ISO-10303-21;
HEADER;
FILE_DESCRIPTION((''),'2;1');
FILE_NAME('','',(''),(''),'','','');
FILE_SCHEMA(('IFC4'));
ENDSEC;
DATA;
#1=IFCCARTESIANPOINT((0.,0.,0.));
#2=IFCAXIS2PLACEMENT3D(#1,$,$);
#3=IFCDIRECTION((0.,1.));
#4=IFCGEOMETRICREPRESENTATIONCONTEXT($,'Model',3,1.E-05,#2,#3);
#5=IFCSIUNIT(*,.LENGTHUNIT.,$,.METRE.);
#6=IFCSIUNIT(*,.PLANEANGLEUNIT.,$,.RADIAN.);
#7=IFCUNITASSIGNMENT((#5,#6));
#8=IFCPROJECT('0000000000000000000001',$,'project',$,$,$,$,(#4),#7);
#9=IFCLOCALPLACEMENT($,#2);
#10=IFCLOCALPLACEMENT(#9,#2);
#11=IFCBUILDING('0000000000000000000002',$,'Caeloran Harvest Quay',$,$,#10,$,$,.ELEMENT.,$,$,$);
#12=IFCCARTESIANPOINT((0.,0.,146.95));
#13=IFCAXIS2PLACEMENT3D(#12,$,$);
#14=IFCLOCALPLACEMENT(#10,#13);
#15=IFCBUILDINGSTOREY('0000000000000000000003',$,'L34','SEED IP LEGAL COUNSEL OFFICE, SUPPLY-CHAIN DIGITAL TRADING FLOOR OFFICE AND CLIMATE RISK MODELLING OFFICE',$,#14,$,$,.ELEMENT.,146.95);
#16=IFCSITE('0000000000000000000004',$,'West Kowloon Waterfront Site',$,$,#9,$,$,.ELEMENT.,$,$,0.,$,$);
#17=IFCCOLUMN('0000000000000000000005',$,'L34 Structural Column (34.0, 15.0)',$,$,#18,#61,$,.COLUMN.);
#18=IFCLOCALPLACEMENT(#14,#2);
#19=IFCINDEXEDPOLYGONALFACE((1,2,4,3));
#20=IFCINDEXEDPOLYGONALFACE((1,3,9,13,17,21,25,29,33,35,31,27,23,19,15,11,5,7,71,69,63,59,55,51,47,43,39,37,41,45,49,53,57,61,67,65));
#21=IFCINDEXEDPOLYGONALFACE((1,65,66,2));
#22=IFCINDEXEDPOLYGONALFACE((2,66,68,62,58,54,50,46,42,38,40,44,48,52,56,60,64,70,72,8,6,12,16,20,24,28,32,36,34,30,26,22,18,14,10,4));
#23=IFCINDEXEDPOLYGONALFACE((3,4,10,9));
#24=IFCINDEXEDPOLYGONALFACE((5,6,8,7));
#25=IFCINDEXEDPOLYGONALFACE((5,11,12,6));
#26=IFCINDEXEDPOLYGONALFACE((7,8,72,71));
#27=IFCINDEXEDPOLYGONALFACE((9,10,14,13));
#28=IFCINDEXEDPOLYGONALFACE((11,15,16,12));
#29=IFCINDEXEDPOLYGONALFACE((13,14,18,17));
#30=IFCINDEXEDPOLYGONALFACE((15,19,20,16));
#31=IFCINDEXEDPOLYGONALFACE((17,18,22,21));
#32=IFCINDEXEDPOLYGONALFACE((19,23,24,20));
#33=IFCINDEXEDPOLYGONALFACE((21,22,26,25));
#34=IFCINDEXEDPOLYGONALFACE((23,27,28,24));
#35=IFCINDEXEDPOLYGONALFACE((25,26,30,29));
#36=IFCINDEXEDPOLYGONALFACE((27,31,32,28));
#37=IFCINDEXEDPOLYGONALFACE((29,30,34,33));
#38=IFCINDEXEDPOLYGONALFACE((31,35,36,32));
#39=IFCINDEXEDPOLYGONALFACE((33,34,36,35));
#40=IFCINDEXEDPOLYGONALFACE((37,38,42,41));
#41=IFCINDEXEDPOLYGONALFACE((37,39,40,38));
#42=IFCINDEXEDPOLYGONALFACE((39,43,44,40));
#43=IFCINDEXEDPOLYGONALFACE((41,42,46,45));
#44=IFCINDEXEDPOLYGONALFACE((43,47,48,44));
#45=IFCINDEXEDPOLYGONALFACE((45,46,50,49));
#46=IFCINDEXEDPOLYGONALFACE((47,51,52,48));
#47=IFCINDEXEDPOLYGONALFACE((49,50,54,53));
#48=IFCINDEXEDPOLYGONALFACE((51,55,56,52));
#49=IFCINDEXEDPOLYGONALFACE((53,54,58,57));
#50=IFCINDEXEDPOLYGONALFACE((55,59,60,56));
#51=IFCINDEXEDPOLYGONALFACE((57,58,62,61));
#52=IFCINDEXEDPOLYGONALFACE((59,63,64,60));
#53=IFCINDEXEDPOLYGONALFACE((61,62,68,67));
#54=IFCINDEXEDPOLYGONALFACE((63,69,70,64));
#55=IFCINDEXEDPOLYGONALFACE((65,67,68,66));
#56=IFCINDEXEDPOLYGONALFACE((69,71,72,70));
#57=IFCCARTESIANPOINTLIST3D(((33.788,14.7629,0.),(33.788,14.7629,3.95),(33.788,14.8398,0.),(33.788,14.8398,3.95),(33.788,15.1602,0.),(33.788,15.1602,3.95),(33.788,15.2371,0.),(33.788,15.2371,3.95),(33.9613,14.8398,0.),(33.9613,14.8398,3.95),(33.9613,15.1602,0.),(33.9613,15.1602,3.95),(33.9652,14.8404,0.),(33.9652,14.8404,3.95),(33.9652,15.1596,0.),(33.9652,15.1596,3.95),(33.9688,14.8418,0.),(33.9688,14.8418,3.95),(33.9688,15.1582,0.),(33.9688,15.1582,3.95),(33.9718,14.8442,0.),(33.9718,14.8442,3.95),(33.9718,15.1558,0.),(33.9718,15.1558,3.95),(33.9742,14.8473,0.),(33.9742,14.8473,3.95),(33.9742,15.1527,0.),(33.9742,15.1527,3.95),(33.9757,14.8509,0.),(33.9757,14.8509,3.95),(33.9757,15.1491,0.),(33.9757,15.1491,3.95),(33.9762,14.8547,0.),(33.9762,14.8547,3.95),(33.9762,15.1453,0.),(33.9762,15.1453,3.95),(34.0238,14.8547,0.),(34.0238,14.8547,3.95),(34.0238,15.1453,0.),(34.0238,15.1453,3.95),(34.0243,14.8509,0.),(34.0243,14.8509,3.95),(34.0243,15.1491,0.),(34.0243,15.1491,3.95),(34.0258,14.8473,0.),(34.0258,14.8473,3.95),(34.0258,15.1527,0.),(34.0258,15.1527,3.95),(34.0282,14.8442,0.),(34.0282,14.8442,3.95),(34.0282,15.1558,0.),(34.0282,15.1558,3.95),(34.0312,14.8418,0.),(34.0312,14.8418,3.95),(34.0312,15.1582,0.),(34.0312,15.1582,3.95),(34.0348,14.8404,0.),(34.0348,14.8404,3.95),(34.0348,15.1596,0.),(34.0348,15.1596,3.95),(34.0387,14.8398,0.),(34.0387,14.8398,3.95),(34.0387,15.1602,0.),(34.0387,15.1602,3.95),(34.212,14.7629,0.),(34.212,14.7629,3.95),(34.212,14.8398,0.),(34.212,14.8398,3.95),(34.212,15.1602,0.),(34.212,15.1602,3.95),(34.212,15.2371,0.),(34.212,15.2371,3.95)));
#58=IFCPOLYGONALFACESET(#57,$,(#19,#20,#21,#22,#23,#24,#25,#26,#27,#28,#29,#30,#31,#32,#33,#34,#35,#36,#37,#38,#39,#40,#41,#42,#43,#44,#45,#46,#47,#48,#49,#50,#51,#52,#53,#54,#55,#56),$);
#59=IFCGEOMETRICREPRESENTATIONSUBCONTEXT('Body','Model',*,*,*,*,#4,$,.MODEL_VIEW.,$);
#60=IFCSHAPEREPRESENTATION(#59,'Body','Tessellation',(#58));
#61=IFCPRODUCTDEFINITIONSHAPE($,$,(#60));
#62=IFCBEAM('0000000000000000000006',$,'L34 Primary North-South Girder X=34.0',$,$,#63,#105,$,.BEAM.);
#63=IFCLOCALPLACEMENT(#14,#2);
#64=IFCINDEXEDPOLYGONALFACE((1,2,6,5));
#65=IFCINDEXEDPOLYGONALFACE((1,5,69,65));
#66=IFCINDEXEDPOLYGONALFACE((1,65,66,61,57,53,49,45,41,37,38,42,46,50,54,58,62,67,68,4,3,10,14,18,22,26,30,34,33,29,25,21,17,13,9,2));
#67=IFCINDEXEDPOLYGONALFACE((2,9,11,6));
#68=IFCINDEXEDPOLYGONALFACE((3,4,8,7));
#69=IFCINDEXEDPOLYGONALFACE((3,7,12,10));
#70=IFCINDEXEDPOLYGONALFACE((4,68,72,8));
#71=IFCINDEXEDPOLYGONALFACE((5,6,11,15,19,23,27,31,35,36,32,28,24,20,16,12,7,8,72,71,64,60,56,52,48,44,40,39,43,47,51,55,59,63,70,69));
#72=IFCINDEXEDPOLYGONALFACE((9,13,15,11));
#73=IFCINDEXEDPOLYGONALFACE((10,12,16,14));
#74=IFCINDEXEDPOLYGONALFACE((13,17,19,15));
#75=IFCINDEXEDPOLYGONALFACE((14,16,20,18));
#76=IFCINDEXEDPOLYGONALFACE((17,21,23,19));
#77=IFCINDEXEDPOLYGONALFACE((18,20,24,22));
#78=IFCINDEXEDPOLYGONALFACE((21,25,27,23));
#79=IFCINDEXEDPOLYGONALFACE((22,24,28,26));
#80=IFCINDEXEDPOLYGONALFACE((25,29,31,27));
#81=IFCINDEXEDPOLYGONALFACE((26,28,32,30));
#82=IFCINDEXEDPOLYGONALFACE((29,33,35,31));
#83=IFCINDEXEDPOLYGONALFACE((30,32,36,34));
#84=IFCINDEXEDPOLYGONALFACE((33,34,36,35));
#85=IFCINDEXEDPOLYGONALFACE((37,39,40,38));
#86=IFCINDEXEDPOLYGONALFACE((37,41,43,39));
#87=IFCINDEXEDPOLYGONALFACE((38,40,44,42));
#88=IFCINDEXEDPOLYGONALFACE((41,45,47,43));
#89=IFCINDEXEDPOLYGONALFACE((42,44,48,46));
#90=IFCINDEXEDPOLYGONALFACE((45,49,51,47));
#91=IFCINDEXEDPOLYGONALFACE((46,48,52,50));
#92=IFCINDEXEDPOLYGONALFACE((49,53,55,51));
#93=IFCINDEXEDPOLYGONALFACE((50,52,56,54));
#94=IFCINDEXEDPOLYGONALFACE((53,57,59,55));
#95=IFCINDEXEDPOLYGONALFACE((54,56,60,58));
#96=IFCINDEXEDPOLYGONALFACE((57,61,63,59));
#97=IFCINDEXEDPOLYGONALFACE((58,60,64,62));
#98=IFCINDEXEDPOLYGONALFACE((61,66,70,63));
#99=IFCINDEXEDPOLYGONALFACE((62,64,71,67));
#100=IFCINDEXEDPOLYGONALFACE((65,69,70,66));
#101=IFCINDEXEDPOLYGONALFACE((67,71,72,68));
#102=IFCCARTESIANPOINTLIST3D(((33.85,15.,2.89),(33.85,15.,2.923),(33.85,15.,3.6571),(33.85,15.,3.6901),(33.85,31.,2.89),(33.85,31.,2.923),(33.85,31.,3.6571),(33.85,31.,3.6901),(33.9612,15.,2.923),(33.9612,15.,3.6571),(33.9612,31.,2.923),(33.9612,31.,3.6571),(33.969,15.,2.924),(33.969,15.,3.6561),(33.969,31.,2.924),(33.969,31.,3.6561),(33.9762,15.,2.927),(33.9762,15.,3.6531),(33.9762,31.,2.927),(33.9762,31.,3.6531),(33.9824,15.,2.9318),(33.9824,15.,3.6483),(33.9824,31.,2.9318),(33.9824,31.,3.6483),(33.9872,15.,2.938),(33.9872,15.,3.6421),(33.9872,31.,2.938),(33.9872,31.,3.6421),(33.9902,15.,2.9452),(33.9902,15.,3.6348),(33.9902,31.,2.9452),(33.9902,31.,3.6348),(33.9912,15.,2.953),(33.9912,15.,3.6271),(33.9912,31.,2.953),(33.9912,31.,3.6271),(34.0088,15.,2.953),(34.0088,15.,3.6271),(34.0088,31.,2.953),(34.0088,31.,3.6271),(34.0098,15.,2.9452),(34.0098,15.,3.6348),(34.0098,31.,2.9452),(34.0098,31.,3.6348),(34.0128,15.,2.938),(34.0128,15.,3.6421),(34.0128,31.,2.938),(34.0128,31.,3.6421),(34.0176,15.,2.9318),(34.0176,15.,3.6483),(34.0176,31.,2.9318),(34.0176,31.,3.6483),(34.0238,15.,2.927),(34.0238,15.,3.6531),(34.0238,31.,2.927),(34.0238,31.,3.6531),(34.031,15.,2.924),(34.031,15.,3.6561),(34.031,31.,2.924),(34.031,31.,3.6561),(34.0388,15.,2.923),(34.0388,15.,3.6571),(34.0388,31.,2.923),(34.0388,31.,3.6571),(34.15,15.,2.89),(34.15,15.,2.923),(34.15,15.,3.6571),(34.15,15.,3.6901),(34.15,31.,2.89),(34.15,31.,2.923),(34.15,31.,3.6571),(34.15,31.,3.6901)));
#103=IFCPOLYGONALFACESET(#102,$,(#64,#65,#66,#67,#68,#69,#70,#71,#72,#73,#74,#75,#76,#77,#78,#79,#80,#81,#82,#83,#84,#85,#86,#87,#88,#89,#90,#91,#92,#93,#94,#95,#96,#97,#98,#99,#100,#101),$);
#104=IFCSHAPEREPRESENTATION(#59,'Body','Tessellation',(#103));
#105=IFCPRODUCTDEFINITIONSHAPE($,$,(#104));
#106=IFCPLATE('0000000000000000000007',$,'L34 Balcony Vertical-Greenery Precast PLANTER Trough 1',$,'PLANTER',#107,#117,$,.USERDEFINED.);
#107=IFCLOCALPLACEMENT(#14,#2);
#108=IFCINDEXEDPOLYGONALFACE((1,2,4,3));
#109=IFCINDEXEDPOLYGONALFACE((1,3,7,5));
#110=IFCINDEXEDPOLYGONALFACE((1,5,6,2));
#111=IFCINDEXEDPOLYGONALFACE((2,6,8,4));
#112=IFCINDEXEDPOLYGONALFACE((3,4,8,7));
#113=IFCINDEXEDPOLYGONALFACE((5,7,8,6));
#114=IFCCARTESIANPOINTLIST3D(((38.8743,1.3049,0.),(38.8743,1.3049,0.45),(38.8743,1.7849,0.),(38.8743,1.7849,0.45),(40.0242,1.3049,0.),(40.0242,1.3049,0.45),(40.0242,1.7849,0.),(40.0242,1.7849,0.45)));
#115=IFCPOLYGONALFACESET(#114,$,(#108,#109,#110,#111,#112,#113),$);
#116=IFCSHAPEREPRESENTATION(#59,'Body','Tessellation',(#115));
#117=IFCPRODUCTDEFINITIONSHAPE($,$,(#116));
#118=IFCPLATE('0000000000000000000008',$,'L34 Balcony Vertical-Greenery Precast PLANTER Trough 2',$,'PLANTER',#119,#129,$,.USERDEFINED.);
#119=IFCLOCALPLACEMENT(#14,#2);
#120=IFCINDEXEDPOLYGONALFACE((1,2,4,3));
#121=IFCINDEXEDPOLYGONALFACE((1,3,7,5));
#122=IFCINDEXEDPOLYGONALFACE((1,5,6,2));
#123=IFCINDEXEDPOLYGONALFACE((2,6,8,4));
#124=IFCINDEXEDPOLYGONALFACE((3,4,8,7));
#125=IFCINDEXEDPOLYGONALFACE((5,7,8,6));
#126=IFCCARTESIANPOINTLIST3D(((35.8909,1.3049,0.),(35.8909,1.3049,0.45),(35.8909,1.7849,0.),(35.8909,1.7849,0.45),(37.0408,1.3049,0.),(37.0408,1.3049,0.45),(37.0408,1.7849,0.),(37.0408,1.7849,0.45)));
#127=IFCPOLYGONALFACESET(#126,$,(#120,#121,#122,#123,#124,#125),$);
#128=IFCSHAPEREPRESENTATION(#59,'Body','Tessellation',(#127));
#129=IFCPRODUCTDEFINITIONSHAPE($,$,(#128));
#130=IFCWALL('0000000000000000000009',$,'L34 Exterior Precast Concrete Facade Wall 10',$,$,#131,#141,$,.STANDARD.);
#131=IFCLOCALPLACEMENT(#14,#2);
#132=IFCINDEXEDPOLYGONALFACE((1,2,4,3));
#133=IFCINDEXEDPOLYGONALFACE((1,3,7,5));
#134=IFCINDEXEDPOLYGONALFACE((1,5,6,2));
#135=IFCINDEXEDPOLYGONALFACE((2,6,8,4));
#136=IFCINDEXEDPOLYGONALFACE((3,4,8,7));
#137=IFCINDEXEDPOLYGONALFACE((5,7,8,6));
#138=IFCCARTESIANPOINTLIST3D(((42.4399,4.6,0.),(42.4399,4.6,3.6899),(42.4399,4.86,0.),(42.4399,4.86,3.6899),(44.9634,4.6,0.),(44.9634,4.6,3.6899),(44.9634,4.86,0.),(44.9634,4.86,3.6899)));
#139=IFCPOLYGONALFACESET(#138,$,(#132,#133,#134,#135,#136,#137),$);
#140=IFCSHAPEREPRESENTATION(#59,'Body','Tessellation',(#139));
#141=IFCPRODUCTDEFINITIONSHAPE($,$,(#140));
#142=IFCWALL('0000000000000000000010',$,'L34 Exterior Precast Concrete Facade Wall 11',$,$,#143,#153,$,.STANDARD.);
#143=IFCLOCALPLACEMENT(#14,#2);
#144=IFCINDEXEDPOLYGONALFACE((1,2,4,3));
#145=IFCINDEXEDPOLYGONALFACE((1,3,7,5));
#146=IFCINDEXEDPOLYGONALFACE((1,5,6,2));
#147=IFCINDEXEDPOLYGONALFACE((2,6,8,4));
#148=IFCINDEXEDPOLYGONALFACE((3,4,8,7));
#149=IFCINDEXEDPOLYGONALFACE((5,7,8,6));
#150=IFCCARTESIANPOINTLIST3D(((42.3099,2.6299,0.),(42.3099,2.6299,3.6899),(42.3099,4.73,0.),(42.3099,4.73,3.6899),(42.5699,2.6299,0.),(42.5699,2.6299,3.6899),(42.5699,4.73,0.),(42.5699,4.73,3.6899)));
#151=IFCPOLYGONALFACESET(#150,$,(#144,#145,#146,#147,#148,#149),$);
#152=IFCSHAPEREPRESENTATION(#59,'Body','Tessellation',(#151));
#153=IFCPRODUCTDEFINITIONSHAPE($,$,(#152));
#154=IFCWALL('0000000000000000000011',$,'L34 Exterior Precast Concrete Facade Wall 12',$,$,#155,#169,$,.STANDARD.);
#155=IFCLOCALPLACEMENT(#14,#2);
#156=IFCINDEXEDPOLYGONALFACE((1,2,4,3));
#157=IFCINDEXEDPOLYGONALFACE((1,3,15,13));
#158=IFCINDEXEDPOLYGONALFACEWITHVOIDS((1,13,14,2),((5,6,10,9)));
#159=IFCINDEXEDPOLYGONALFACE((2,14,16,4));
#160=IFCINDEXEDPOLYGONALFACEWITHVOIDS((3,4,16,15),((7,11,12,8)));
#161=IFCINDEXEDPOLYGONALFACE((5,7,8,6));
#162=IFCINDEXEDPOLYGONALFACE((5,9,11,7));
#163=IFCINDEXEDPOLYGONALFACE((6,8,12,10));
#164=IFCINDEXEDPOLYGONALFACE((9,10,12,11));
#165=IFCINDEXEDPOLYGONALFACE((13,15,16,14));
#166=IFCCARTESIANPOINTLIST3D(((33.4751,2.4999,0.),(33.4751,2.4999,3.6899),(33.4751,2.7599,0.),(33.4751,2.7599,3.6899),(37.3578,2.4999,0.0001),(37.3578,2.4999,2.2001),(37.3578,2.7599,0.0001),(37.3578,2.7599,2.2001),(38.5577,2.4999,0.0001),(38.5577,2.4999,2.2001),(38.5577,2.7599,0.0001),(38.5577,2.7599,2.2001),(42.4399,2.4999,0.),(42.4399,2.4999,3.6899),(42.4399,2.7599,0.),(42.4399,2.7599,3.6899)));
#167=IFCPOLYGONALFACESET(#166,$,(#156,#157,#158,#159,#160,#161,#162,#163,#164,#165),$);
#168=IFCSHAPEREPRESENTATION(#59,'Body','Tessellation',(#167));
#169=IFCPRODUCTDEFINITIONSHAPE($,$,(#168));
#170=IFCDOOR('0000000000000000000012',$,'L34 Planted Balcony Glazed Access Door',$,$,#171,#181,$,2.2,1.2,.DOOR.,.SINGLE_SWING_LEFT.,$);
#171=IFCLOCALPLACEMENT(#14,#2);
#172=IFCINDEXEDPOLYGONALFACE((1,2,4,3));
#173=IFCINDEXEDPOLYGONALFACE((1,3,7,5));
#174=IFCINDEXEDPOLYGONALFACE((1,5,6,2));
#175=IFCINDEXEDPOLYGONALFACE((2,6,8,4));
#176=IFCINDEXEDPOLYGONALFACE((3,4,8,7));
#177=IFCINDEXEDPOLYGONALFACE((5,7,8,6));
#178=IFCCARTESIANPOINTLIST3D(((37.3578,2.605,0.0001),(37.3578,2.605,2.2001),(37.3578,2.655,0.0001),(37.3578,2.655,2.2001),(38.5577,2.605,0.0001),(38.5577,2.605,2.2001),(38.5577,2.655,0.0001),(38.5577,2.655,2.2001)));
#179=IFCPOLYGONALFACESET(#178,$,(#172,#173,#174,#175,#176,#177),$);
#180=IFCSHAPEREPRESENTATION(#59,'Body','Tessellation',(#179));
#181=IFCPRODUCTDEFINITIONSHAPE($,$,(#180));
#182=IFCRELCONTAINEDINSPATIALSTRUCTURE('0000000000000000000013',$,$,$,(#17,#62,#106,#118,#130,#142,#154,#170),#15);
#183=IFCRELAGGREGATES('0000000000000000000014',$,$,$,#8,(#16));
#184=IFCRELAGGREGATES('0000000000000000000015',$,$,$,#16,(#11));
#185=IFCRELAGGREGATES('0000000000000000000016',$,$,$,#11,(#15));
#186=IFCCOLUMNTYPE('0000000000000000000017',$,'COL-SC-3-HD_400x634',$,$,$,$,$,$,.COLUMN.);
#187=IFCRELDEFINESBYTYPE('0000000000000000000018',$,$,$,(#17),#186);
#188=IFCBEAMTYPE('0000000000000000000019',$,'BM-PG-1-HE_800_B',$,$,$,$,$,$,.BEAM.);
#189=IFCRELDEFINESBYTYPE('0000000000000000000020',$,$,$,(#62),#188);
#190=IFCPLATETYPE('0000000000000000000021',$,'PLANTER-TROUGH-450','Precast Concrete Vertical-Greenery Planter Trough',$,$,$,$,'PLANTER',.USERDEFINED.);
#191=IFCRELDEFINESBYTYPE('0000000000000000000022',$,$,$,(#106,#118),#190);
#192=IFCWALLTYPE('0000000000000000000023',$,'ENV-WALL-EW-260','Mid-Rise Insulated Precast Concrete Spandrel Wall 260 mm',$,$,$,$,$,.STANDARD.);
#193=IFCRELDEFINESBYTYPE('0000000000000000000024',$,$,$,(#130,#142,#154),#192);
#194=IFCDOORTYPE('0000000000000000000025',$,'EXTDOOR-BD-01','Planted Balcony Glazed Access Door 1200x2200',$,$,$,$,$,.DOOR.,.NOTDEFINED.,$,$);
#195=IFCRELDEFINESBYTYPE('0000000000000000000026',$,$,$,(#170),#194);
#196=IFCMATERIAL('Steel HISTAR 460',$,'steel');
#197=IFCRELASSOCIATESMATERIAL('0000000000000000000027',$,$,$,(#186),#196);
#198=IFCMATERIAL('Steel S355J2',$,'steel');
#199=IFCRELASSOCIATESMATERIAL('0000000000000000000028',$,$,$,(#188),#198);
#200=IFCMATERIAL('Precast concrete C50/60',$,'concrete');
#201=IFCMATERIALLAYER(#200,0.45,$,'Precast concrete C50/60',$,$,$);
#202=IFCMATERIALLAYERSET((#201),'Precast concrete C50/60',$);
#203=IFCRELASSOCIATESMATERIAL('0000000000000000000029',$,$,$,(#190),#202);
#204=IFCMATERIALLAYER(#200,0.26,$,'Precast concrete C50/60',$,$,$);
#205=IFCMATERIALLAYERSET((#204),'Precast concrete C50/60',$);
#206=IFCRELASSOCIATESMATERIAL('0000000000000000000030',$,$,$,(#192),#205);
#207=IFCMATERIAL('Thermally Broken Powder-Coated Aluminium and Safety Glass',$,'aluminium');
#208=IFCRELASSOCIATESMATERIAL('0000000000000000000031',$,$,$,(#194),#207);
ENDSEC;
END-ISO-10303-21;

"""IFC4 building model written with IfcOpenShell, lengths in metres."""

from ifc_helpers import new_model, si_unit, direction, frame, frame_2d, origin, origin_2d, place, context, subcontext, project, spatial, rectangle, i_section, extrude, material, layer, layer_set, material_profile, profile_set, type_object, element, fill, save


model = new_model("IFC4")

# Units and contexts
model_context = context("Model", 3, precision=1e-05, world=origin(), true_north=direction((0.0, 1.0)))
body_context = subcontext(model_context, "Body", "Model", "MODEL_VIEW")
ifc_project = project(units=[si_unit("LENGTHUNIT", "METRE"), si_unit("PLANEANGLEUNIT", "RADIAN")], contexts=[model_context])

# Site, building, storey
site_placement = place(None, origin())
site = spatial("IfcSite", under=ifc_project, at=site_placement, Name="West Kowloon Waterfront Site", CompositionType="ELEMENT", RefElevation=0.0)
building_placement = place(site_placement, origin())
building = spatial("IfcBuilding", under=site, at=building_placement, Name="Caeloran Harvest Quay", CompositionType="ELEMENT")
storey_placement = place(building_placement, frame((0.0, 0.0, 146.95)))
storey = spatial("IfcBuildingStorey", under=building, at=storey_placement, Name="L34", Description="SEED IP LEGAL COUNSEL OFFICE, SUPPLY-CHAIN DIGITAL TRADING FLOOR OFFICE AND CLIMATE RISK MODELLING OFFICE", CompositionType="ELEMENT", Elevation=146.95)

# Column
ifc_material_1 = material(Name="Steel HISTAR 460", Category="steel")
ifc_material_profile_1 = material_profile(ifc_material_1, i_section(OverallWidth=0.4241, OverallDepth=0.4741, WebThickness=0.0476, FlangeThickness=0.0769, FilletRadius=0.0149, at=origin_2d()), Name="HD 400x634")
ifc_profile_set_1 = profile_set([ifc_material_profile_1], Name="Steel HISTAR 460")
column_type = type_object("IfcColumnType", Name="COL-SC-3-HD_400x634", PredefinedType="COLUMN", material=ifc_profile_set_1)
column_placement = place(storey_placement, frame((34.0, 15.0, 0.0), z_axis=(0.0, 0.0, 1.0), x_axis=(1.0, 0.0, 0.0)))
element("IfcColumn", 1, at=column_placement, inside=storey, type_object=column_type, Name="L34 Structural Column (34.0, 15.0)", PredefinedType="COLUMN", context=body_context, shape_type="SweptSolid", body=[
    extrude(i_section(OverallWidth=0.4241, OverallDepth=0.4741, WebThickness=0.0476, FlangeThickness=0.0769, FilletRadius=0.0149, at=origin_2d()), origin(), (0.0, 0.0, 1.0), 3.95),
])

# Beam
ifc_material_2 = material(Name="Steel S355J2", Category="steel")
ifc_material_profile_2 = material_profile(ifc_material_2, i_section(OverallWidth=0.3, OverallDepth=0.8, WebThickness=0.0176, FlangeThickness=0.033, FilletRadius=0.03, at=origin_2d()), Name="HE 800 B")
ifc_profile_set_2 = profile_set([ifc_material_profile_2], Name="Steel S355J2")
beam_type = type_object("IfcBeamType", Name="BM-PG-1-HE_800_B", PredefinedType="BEAM", material=ifc_profile_set_2)
beam_placement = place(storey_placement, frame((34.0, 15.0, 3.29), z_axis=(0.0, 1.0, 0.0), x_axis=(-1.0, 0.0, 0.0)))
element("IfcBeam", 2, at=beam_placement, inside=storey, type_object=beam_type, Name="L34 Primary North-South Girder X=34.0", PredefinedType="BEAM", context=body_context, shape_type="SweptSolid", body=[
    extrude(i_section(OverallWidth=0.3, OverallDepth=0.8, WebThickness=0.0176, FlangeThickness=0.033, FilletRadius=0.03, at=origin_2d()), origin(), (0.0, 0.0, 1.0), 16.0),
])

# Plates
ifc_material_3 = material(Name="Precast concrete C50/60", Category="concrete")
ifc_layer_1 = layer(ifc_material_3, 0.45, Name="Precast concrete C50/60")
ifc_layer_set_1 = layer_set([ifc_layer_1], Name="Precast concrete C50/60")
plate_type = type_object("IfcPlateType", Name="PLANTER-TROUGH-450", Description="Precast Concrete Vertical-Greenery Planter Trough", ElementType="PLANTER", PredefinedType="USERDEFINED", material=ifc_layer_set_1)
for number, where, z_axis, x_axis, name in (
    (3, (39.4492, 1.5449, 0.0), (0.0, 0.0, 1.0), (1.0, 0.0, 0.0), "L34 Balcony Vertical-Greenery Precast PLANTER Trough 1"),
    (4, (36.4658, 1.5449, 0.0), (0.0, 0.0, 1.0), (1.0, 0.0, 0.0), "L34 Balcony Vertical-Greenery Precast PLANTER Trough 2"),
):
    element("IfcPlate", number, at=place(storey_placement, frame(where, z_axis=z_axis, x_axis=x_axis)), inside=storey, type_object=plate_type, Name=name, ObjectType="PLANTER", PredefinedType="USERDEFINED", context=body_context, shape_type="SweptSolid", body=[
        extrude(rectangle(XDim=1.1499, YDim=0.48, at=origin_2d()), origin(), (0.0, 0.0, 1.0), 0.45),
    ])

# Walls
ifc_layer_2 = layer(ifc_material_3, 0.26, Name="Precast concrete C50/60")
ifc_layer_set_2 = layer_set([ifc_layer_2], Name="Precast concrete C50/60")
wall_type_1 = type_object("IfcWallType", Name="ENV-WALL-EW-260", Description="Mid-Rise Insulated Precast Concrete Spandrel Wall 260 mm", PredefinedType="STANDARD", material=ifc_layer_set_2)
wall_1_placement = place(storey_placement, frame((44.9634, 4.73, 0.0), z_axis=(0.0, 0.0, 1.0), x_axis=(-1.0, 0.0, 0.0)))
element("IfcWall", 5, at=wall_1_placement, inside=storey, type_object=wall_type_1, Name="L34 Exterior Precast Concrete Facade Wall 10", PredefinedType="STANDARD", context=body_context, shape_type="SweptSolid", body=[
    extrude(rectangle(XDim=2.5234, YDim=0.26, at=frame_2d((1.2617, 0.0))), origin(), (0.0, 0.0, 1.0), 3.6899),
])
wall_2_placement = place(storey_placement, frame((42.4399, 4.73, 0.0), z_axis=(0.0, 0.0, 1.0), x_axis=(0.0, -1.0, 0.0)))
element("IfcWall", 6, at=wall_2_placement, inside=storey, type_object=wall_type_1, Name="L34 Exterior Precast Concrete Facade Wall 11", PredefinedType="STANDARD", context=body_context, shape_type="SweptSolid", body=[
    extrude(rectangle(XDim=2.1001, YDim=0.26, at=frame_2d((1.05, 0.0))), origin(), (0.0, 0.0, 1.0), 3.6899),
])

# Wall, opening, door
wall_3_placement = place(storey_placement, frame((42.4399, 2.6299, 0.0), z_axis=(0.0, 0.0, 1.0), x_axis=(-1.0, 0.0, 0.0)))
wall_3 = element("IfcWall", 7, at=wall_3_placement, inside=storey, type_object=wall_type_1, Name="L34 Exterior Precast Concrete Facade Wall 12", PredefinedType="STANDARD", context=body_context, shape_type="SweptSolid", body=[
    extrude(rectangle(XDim=8.9648, YDim=0.26, at=frame_2d((4.4824, 0.0))), origin(), (0.0, 0.0, 1.0), 3.6899),
])
opening_placement = place(wall_3_placement, frame((3.8821, 0.0, 0.0)))
opening = element("IfcOpeningElement", 8, at=opening_placement, cuts=wall_3, PredefinedType="OPENING", context=body_context, shape_type="SweptSolid", body=[
    extrude(rectangle(XDim=1.2, YDim=2.2, at=frame_2d((0.6001, 1.1001))), frame((0.0, 0.1401, 0.0), z_axis=(0.0, -1.0, 0.0), x_axis=(1.0, 0.0, 0.0)), (0.0, 0.0, 1.0), 0.28),
])
ifc_material_4 = material(Name="Thermally Broken Powder-Coated Aluminium and Safety Glass", Category="aluminium")
door_type = type_object("IfcDoorType", Name="EXTDOOR-BD-01", Description="Planted Balcony Glazed Access Door 1200x2200", OperationType="NOTDEFINED", PredefinedType="DOOR", material=ifc_material_4)
door_placement = place(opening_placement, origin())
door = element("IfcDoor", 9, at=door_placement, inside=storey, type_object=door_type, Name="L34 Planted Balcony Glazed Access Door", OperationType="SINGLE_SWING_LEFT", OverallHeight=2.2, OverallWidth=1.2, PredefinedType="DOOR", context=body_context, shape_type="SweptSolid", body=[
    extrude(rectangle(XDim=1.2, YDim=2.2, at=frame_2d((0.6001, 1.1001))), frame((0.0, 0.0249, 0.0), z_axis=(0.0, -1.0, 0.0), x_axis=(1.0, 0.0, 0.0)), (0.0, 0.0, 1.0), 0.05),
])
fill(opening, door)

save(model, "model.ifc")
